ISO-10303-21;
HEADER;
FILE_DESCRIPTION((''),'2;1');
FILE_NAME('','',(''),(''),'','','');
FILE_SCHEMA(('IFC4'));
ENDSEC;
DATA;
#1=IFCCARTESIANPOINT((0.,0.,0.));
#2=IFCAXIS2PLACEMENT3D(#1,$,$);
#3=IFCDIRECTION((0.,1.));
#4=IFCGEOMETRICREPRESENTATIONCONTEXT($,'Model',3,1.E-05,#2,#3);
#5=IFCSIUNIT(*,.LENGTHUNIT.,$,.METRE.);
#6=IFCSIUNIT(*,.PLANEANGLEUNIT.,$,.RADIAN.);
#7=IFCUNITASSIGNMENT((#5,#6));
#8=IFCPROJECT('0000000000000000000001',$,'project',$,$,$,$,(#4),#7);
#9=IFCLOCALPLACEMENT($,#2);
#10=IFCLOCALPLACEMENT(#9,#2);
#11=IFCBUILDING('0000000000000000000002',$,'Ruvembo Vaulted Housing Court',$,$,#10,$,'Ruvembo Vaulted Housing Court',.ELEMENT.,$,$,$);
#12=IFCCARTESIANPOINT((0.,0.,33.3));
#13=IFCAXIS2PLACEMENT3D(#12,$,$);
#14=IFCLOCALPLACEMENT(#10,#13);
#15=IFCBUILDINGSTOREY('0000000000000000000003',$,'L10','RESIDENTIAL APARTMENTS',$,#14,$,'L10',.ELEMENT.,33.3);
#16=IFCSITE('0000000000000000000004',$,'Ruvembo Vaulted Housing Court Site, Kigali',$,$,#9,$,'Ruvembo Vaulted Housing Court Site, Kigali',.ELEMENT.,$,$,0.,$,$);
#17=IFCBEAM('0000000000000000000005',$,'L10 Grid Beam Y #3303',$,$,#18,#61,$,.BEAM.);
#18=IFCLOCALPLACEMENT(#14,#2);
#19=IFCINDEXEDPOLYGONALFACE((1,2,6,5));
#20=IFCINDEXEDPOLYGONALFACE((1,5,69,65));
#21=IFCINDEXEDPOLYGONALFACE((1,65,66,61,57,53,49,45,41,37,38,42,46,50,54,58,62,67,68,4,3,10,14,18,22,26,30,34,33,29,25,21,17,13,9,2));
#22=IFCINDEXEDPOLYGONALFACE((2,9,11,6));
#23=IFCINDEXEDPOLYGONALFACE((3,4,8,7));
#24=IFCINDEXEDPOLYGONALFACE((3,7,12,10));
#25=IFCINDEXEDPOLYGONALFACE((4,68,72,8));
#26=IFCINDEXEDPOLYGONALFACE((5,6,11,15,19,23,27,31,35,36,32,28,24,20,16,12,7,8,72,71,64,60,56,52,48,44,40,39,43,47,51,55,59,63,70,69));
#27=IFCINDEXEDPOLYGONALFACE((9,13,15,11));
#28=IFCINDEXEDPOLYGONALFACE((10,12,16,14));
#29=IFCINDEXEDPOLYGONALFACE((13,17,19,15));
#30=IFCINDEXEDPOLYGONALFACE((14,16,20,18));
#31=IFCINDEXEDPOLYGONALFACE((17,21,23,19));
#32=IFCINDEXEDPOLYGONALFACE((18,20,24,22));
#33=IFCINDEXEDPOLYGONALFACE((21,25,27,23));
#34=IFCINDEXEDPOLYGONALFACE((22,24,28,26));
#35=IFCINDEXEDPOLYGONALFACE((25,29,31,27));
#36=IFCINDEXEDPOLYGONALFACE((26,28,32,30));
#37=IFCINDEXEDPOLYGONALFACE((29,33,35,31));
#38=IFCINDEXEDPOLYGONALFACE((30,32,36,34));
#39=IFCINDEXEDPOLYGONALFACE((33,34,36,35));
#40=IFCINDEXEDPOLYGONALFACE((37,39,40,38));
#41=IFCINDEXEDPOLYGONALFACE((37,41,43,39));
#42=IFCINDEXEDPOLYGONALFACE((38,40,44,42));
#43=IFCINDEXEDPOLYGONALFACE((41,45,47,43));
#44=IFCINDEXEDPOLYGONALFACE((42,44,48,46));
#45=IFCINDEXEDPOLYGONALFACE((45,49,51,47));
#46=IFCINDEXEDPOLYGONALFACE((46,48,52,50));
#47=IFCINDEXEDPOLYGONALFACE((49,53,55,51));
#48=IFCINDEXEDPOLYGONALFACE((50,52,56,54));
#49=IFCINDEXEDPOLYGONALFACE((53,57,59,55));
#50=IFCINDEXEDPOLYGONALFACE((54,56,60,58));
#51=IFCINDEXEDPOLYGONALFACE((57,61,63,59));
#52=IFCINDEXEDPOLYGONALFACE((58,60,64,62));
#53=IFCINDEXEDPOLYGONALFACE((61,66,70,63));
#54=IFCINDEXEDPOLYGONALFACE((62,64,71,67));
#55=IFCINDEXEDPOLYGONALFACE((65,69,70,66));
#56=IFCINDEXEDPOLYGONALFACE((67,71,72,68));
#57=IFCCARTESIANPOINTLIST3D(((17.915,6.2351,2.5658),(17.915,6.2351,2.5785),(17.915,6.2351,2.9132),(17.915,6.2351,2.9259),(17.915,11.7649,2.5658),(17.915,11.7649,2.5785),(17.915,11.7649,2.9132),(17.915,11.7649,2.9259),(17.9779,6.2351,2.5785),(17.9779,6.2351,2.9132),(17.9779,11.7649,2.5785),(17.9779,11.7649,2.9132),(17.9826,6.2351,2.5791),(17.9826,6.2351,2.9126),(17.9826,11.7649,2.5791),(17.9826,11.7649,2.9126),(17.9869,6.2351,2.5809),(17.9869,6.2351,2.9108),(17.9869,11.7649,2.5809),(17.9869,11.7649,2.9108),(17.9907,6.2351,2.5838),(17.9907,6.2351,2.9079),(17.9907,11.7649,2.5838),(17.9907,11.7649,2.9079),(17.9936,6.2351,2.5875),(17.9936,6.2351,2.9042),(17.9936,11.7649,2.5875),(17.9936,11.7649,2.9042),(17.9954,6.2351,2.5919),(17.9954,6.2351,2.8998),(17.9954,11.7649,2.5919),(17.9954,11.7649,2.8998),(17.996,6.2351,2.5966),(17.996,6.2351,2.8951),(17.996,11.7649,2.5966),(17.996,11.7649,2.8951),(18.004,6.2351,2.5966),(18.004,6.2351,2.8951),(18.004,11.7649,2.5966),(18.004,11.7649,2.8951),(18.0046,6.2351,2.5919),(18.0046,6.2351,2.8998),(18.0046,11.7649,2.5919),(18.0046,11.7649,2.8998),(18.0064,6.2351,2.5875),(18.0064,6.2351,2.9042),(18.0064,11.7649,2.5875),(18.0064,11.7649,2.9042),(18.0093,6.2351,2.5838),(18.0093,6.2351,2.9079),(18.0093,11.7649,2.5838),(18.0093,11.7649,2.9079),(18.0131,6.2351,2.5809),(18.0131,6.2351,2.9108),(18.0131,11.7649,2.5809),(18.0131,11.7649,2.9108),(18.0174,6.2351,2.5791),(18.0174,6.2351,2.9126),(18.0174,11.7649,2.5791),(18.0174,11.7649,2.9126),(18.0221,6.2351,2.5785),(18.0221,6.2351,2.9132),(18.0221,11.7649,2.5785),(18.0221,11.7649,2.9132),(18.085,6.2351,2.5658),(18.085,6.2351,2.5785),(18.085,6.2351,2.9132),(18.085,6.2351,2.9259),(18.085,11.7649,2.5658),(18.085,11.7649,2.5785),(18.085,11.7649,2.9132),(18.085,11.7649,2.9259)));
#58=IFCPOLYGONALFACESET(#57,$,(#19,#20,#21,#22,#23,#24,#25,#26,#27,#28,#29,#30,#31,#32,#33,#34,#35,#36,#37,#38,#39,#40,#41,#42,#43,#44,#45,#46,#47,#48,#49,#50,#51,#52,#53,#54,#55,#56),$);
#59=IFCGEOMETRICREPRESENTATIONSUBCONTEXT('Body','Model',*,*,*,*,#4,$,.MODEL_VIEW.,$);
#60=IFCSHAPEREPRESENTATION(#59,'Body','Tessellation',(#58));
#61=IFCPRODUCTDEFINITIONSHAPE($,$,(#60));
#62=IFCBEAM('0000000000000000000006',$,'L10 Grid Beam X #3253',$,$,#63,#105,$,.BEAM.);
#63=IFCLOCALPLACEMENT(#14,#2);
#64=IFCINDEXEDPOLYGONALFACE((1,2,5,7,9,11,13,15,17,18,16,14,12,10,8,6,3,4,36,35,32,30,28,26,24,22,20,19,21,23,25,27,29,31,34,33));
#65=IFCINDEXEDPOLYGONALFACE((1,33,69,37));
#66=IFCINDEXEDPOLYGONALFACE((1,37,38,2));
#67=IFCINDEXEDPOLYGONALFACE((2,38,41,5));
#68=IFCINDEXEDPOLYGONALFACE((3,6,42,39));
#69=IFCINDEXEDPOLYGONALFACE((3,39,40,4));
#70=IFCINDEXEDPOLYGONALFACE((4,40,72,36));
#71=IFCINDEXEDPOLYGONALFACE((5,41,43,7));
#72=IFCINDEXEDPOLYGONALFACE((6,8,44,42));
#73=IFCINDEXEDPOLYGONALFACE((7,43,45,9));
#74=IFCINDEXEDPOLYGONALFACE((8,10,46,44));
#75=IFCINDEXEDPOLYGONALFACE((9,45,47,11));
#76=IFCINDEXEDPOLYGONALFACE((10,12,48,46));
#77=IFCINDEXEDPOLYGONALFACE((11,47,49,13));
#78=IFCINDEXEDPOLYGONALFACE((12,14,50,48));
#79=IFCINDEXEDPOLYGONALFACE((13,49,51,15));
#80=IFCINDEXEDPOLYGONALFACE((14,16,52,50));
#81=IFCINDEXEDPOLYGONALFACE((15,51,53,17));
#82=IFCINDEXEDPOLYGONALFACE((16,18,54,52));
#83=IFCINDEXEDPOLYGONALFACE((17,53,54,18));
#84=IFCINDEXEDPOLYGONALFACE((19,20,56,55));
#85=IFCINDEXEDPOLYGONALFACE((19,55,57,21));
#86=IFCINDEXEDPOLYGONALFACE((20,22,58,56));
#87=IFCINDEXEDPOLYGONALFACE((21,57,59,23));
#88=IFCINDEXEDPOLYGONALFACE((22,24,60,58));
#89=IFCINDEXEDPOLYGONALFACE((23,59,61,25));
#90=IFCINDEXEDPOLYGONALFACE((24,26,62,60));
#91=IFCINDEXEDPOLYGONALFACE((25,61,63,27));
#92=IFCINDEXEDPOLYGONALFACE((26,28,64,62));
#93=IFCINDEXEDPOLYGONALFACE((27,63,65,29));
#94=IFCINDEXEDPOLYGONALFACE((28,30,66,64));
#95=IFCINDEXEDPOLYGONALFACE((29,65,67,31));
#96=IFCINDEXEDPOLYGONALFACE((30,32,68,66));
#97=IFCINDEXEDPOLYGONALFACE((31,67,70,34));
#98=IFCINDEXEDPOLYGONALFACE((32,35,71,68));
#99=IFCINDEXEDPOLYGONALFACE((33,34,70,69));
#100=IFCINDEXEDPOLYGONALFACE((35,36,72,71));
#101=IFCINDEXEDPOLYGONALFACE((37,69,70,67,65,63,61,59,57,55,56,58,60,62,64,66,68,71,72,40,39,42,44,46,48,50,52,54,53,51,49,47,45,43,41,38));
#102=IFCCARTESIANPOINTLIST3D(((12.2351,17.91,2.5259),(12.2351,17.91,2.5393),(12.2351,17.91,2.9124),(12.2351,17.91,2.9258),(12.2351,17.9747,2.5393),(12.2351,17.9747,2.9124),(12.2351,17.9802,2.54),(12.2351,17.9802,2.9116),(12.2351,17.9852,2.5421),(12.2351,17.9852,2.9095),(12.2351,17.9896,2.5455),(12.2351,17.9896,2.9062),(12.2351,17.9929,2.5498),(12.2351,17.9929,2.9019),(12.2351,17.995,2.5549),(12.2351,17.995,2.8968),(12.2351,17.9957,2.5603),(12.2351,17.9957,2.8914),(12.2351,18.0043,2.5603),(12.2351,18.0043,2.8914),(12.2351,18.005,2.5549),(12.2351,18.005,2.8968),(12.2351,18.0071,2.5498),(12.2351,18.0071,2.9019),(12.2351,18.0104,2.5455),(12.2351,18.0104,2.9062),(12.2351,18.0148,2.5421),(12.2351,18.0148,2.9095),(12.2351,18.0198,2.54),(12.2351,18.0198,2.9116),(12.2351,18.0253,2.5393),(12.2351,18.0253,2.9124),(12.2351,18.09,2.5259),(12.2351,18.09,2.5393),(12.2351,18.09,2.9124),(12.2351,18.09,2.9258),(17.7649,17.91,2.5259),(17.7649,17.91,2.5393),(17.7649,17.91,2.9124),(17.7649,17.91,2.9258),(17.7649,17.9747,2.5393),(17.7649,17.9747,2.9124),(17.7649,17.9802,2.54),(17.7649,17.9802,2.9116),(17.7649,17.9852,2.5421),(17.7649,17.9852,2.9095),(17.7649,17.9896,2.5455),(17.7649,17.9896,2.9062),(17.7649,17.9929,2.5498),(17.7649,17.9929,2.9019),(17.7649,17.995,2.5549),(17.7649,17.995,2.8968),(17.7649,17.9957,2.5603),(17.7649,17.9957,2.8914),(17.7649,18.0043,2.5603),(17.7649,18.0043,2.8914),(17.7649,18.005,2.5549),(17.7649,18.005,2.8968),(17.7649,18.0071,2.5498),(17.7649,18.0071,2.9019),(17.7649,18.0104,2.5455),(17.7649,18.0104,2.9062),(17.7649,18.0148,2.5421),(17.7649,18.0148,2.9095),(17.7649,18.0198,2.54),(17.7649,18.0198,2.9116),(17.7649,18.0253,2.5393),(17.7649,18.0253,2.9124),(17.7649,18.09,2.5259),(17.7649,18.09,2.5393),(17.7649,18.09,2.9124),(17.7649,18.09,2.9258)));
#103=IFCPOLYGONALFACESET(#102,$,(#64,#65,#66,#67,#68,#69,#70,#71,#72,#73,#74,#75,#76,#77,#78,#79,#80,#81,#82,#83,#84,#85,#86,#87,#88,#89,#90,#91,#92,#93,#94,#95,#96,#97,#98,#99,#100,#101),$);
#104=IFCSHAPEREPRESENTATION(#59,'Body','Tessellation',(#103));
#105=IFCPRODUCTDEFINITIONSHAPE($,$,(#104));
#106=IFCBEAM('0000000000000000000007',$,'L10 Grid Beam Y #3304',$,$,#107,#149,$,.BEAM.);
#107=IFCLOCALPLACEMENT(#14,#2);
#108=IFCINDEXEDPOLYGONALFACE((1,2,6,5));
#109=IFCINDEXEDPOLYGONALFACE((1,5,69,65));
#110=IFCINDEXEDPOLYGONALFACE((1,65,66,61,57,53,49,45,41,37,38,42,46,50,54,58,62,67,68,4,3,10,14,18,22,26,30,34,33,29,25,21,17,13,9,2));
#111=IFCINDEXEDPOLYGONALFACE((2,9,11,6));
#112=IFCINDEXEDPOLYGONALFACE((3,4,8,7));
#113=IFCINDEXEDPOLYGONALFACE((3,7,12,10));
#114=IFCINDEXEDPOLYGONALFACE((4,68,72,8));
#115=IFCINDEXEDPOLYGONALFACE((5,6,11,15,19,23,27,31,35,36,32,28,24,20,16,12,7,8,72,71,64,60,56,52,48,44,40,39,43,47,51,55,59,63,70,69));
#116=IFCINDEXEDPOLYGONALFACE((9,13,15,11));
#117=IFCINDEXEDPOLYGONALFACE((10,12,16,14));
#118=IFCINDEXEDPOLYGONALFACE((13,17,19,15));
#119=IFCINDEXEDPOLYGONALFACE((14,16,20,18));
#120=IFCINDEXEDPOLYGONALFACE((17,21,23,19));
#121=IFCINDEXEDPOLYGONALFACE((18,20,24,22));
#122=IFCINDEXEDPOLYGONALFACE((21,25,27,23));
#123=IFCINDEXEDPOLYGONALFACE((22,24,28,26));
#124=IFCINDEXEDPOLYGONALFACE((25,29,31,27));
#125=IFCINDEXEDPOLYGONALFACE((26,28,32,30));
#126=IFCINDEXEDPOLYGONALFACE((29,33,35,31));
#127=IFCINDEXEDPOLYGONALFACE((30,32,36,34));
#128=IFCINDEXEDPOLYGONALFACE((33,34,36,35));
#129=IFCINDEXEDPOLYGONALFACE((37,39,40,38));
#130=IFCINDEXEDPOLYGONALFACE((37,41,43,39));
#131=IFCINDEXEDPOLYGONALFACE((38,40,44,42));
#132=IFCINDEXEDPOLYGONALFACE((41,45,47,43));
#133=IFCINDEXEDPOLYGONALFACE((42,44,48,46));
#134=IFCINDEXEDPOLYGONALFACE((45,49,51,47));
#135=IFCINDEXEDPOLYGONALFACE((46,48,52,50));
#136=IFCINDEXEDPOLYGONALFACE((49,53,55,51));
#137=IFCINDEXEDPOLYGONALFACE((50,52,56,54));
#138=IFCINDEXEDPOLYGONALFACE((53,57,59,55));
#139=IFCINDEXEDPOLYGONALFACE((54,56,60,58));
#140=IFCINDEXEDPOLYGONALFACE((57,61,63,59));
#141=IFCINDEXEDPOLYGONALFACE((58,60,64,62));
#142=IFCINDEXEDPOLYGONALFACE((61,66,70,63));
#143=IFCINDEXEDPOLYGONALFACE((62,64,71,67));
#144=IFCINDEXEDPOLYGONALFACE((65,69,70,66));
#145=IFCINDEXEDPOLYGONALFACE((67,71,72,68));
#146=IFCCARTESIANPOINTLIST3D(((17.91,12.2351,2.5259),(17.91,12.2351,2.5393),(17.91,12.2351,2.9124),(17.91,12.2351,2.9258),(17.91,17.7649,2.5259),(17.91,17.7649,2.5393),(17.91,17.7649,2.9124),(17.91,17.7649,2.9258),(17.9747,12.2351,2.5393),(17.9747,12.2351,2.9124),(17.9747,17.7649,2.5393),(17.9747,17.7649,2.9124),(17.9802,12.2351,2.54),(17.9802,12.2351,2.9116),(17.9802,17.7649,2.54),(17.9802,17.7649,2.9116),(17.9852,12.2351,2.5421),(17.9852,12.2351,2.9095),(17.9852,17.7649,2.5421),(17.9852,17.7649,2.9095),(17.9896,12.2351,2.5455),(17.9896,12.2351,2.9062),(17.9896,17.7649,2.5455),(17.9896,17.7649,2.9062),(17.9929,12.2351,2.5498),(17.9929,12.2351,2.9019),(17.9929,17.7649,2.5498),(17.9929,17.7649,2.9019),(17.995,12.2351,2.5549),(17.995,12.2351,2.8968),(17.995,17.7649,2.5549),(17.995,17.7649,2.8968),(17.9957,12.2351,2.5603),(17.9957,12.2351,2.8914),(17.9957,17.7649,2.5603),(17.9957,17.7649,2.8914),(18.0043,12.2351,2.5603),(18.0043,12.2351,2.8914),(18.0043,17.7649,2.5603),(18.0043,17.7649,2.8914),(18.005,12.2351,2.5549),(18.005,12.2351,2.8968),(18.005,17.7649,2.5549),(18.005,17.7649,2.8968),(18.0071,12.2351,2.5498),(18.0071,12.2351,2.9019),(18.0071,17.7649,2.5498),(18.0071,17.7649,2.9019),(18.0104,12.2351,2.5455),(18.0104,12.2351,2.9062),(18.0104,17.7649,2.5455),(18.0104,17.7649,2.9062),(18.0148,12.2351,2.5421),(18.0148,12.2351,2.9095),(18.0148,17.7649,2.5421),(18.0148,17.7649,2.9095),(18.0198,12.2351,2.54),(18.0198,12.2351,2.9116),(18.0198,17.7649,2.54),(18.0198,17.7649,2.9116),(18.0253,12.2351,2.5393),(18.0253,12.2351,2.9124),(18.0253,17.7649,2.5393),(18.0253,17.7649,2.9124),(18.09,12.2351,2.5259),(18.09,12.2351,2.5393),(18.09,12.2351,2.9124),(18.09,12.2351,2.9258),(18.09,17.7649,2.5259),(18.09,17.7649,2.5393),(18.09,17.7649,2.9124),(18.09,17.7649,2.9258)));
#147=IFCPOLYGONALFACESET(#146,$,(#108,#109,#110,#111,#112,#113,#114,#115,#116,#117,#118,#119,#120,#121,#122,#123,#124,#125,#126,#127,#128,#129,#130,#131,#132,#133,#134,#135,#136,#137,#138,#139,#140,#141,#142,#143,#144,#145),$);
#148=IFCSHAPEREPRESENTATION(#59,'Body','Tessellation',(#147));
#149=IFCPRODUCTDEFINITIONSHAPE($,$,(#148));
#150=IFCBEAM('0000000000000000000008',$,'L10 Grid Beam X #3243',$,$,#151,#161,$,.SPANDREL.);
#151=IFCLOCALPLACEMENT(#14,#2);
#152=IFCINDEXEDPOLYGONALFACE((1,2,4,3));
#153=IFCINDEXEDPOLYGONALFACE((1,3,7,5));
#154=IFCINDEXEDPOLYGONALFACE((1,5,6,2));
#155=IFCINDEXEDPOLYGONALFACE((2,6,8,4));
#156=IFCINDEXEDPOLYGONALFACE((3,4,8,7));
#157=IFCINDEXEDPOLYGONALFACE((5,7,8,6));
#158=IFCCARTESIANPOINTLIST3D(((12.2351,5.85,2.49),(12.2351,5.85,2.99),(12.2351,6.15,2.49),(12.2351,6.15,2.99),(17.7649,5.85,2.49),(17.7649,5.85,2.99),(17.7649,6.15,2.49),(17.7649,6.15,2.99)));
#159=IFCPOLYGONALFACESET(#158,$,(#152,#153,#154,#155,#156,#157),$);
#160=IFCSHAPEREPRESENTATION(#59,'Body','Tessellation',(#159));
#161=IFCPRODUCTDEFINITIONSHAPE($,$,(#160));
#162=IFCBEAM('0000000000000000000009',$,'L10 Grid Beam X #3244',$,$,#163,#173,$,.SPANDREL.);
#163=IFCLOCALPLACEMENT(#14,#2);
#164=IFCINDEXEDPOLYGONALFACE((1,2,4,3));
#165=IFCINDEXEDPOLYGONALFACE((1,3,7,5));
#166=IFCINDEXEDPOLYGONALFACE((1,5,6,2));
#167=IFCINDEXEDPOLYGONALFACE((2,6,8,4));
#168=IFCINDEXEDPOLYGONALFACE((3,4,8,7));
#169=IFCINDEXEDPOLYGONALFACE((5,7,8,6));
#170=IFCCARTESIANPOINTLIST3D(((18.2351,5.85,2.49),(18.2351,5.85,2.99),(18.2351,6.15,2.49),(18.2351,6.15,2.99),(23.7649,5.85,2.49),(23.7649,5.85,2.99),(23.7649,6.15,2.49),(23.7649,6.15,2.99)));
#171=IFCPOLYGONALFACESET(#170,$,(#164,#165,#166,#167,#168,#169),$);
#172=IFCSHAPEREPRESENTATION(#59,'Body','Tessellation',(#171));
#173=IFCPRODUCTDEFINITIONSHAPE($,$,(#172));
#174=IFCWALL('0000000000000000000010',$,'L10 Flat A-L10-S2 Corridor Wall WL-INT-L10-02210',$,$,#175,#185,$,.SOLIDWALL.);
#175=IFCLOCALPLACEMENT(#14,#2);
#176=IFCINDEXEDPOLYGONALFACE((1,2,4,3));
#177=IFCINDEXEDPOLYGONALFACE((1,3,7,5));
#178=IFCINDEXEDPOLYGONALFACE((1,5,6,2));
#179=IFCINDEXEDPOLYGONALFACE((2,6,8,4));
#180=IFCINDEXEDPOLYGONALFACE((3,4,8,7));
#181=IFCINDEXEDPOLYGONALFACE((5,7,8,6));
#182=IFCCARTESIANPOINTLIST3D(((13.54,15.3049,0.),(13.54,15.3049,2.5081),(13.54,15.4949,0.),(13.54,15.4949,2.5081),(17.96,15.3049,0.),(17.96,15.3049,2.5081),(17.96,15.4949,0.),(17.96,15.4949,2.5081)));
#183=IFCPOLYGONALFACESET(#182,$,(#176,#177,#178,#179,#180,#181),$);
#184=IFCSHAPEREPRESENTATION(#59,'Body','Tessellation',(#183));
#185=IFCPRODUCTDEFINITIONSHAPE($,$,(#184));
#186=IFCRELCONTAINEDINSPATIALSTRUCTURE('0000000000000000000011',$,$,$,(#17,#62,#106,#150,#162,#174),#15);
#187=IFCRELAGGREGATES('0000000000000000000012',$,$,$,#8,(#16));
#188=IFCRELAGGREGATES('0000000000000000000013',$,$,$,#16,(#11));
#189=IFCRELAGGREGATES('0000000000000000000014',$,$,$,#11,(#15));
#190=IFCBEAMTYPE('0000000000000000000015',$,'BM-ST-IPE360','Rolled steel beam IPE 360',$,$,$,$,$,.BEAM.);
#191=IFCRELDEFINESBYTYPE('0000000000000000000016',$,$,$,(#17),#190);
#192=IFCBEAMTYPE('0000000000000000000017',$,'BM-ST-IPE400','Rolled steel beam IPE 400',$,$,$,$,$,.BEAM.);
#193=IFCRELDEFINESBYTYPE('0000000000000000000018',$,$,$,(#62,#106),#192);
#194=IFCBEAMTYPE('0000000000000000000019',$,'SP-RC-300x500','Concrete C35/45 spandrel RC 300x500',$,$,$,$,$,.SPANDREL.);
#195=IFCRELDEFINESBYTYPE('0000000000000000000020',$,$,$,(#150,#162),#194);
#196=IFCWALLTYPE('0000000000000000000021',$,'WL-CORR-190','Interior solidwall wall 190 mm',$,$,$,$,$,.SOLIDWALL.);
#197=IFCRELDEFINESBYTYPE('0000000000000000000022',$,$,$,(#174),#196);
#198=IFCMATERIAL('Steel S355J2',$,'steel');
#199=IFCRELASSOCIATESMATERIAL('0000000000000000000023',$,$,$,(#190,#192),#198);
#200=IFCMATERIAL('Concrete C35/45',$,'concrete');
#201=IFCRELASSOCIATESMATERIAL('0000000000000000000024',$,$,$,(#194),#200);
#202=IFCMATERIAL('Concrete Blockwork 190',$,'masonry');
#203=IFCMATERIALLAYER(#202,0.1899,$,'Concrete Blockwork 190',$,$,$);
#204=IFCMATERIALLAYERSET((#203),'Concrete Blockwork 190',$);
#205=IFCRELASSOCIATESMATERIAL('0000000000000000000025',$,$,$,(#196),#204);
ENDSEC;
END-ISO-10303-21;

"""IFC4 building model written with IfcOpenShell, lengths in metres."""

from ifc_helpers import new_model, si_unit, direction, frame, frame_2d, origin, origin_2d, place, context, subcontext, project, spatial, rectangle, i_section, extrude, material, layer, layer_set, material_profile, profile_set, type_object, element, save


model = new_model("IFC4")

# Units and contexts
model_context = context("Model", 3, precision=1e-05, world=origin(), true_north=direction((0.0, 1.0)))
body_context = subcontext(model_context, "Body", "Model", "MODEL_VIEW")
ifc_project = project(units=[si_unit("LENGTHUNIT", "METRE"), si_unit("PLANEANGLEUNIT", "RADIAN")], contexts=[model_context])

# Site, building, storey
site_placement = place(None, origin())
site = spatial("IfcSite", under=ifc_project, at=site_placement, Name="Ruvembo Vaulted Housing Court Site, Kigali", LongName="Ruvembo Vaulted Housing Court Site, Kigali", CompositionType="ELEMENT", RefElevation=0.0)
building_placement = place(site_placement, origin())
building = spatial("IfcBuilding", under=site, at=building_placement, Name="Ruvembo Vaulted Housing Court", LongName="Ruvembo Vaulted Housing Court", CompositionType="ELEMENT")
storey_placement = place(building_placement, frame((0.0, 0.0, 33.3)))
storey = spatial("IfcBuildingStorey", under=building, at=storey_placement, Name="L10", Description="RESIDENTIAL APARTMENTS", LongName="L10", CompositionType="ELEMENT", Elevation=33.3)

# Shared definitions
ifc_material_1 = material(Name="Concrete C35/45", Category="concrete")

# Beams
ifc_material_2 = material(Name="Steel S355J2", Category="steel")
ifc_material_profile_1 = material_profile(ifc_material_2, i_section(OverallWidth=0.1699, OverallDepth=0.3601, WebThickness=0.0081, FlangeThickness=0.0127, FilletRadius=0.0181, at=origin_2d()), Name="IPE 360")
ifc_profile_set_1 = profile_set([ifc_material_profile_1], Name="Steel S355J2")
beam_type_1 = type_object("IfcBeamType", Name="BM-ST-IPE360", Description="Rolled steel beam IPE 360", PredefinedType="BEAM", material=ifc_profile_set_1)
for number, where, z_axis, x_axis, name in (
    (1, (18.0, 6.2351, 2.7458), (0.0, 1.0, 0.0), (-1.0, 0.0, 0.0), "L10 Grid Beam Y #3303"),
):
    element("IfcBeam", number, at=place(storey_placement, frame(where, z_axis=z_axis, x_axis=x_axis)), inside=storey, type_object=beam_type_1, Name=name, PredefinedType="BEAM", context=body_context, shape_type="SweptSolid", body=[
        extrude(i_section(OverallWidth=0.1699, OverallDepth=0.3601, WebThickness=0.0081, FlangeThickness=0.0127, FilletRadius=0.0181, at=origin_2d()), origin(), (0.0, 0.0, 1.0), 5.5298),
    ])
ifc_material_profile_2 = material_profile(ifc_material_2, i_section(OverallWidth=0.1799, OverallDepth=0.3999, WebThickness=0.0085, FlangeThickness=0.0134, FilletRadius=0.021, at=origin_2d()), Name="IPE 400")
ifc_profile_set_2 = profile_set([ifc_material_profile_2], Name="Steel S355J2")
beam_type_2 = type_object("IfcBeamType", Name="BM-ST-IPE400", Description="Rolled steel beam IPE 400", PredefinedType="BEAM", material=ifc_profile_set_2)
for number, where, z_axis, x_axis, name in (
    (2, (12.2351, 18.0, 2.7258), (1.0, 0.0, 0.0), (0.0, 1.0, 0.0), "L10 Grid Beam X #3253"),
    (3, (18.0, 12.2351, 2.7258), (0.0, 1.0, 0.0), (-1.0, 0.0, 0.0), "L10 Grid Beam Y #3304"),
):
    element("IfcBeam", number, at=place(storey_placement, frame(where, z_axis=z_axis, x_axis=x_axis)), inside=storey, type_object=beam_type_2, Name=name, PredefinedType="BEAM", context=body_context, shape_type="SweptSolid", body=[
        extrude(i_section(OverallWidth=0.1799, OverallDepth=0.3999, WebThickness=0.0085, FlangeThickness=0.0134, FilletRadius=0.021, at=origin_2d()), origin(), (0.0, 0.0, 1.0), 5.5298),
    ])
ifc_material_profile_3 = material_profile(ifc_material_1, rectangle(XDim=0.3, YDim=0.5, at=origin_2d()), Name="RC 300x500")
ifc_profile_set_3 = profile_set([ifc_material_profile_3], Name="Concrete C35/45")
beam_type_3 = type_object("IfcBeamType", Name="SP-RC-300x500", Description="Concrete C35/45 spandrel RC 300x500", PredefinedType="SPANDREL", material=ifc_profile_set_3)
for number, where, z_axis, x_axis, name in (
    (4, (12.2351, 6.0, 2.74), (1.0, 0.0, 0.0), (0.0, 1.0, 0.0), "L10 Grid Beam X #3243"),
    (5, (18.2351, 6.0, 2.74), (1.0, 0.0, 0.0), (0.0, 1.0, 0.0), "L10 Grid Beam X #3244"),
):
    element("IfcBeam", number, at=place(storey_placement, frame(where, z_axis=z_axis, x_axis=x_axis)), inside=storey, type_object=beam_type_3, Name=name, PredefinedType="SPANDREL", context=body_context, shape_type="SweptSolid", body=[
        extrude(rectangle(XDim=0.3, YDim=0.5, at=origin_2d()), origin(), (0.0, 0.0, 1.0), 5.5298),
    ])

# Wall
ifc_material_3 = material(Name="Concrete Blockwork 190", Category="masonry")
ifc_layer_1 = layer(ifc_material_3, 0.1899, Name="Concrete Blockwork 190")
ifc_layer_set_1 = layer_set([ifc_layer_1], Name="Concrete Blockwork 190")
wall_type_1 = type_object("IfcWallType", Name="WL-CORR-190", Description="Interior solidwall wall 190 mm", PredefinedType="SOLIDWALL", material=ifc_layer_set_1)
wall_1_placement = place(storey_placement, frame((13.54, 15.3999, 0.0), z_axis=(0.0, 0.0, 1.0), x_axis=(1.0, 0.0, 0.0)))
element("IfcWall", 6, at=wall_1_placement, inside=storey, type_object=wall_type_1, Name="L10 Flat A-L10-S2 Corridor Wall WL-INT-L10-02210", PredefinedType="SOLIDWALL", context=body_context, shape_type="SweptSolid", body=[
    extrude(rectangle(XDim=4.4199, YDim=0.1899, at=frame_2d((2.21, 0.0))), origin(), (0.0, 0.0, 1.0), 2.5081),
])

save(model, "model.ifc")
